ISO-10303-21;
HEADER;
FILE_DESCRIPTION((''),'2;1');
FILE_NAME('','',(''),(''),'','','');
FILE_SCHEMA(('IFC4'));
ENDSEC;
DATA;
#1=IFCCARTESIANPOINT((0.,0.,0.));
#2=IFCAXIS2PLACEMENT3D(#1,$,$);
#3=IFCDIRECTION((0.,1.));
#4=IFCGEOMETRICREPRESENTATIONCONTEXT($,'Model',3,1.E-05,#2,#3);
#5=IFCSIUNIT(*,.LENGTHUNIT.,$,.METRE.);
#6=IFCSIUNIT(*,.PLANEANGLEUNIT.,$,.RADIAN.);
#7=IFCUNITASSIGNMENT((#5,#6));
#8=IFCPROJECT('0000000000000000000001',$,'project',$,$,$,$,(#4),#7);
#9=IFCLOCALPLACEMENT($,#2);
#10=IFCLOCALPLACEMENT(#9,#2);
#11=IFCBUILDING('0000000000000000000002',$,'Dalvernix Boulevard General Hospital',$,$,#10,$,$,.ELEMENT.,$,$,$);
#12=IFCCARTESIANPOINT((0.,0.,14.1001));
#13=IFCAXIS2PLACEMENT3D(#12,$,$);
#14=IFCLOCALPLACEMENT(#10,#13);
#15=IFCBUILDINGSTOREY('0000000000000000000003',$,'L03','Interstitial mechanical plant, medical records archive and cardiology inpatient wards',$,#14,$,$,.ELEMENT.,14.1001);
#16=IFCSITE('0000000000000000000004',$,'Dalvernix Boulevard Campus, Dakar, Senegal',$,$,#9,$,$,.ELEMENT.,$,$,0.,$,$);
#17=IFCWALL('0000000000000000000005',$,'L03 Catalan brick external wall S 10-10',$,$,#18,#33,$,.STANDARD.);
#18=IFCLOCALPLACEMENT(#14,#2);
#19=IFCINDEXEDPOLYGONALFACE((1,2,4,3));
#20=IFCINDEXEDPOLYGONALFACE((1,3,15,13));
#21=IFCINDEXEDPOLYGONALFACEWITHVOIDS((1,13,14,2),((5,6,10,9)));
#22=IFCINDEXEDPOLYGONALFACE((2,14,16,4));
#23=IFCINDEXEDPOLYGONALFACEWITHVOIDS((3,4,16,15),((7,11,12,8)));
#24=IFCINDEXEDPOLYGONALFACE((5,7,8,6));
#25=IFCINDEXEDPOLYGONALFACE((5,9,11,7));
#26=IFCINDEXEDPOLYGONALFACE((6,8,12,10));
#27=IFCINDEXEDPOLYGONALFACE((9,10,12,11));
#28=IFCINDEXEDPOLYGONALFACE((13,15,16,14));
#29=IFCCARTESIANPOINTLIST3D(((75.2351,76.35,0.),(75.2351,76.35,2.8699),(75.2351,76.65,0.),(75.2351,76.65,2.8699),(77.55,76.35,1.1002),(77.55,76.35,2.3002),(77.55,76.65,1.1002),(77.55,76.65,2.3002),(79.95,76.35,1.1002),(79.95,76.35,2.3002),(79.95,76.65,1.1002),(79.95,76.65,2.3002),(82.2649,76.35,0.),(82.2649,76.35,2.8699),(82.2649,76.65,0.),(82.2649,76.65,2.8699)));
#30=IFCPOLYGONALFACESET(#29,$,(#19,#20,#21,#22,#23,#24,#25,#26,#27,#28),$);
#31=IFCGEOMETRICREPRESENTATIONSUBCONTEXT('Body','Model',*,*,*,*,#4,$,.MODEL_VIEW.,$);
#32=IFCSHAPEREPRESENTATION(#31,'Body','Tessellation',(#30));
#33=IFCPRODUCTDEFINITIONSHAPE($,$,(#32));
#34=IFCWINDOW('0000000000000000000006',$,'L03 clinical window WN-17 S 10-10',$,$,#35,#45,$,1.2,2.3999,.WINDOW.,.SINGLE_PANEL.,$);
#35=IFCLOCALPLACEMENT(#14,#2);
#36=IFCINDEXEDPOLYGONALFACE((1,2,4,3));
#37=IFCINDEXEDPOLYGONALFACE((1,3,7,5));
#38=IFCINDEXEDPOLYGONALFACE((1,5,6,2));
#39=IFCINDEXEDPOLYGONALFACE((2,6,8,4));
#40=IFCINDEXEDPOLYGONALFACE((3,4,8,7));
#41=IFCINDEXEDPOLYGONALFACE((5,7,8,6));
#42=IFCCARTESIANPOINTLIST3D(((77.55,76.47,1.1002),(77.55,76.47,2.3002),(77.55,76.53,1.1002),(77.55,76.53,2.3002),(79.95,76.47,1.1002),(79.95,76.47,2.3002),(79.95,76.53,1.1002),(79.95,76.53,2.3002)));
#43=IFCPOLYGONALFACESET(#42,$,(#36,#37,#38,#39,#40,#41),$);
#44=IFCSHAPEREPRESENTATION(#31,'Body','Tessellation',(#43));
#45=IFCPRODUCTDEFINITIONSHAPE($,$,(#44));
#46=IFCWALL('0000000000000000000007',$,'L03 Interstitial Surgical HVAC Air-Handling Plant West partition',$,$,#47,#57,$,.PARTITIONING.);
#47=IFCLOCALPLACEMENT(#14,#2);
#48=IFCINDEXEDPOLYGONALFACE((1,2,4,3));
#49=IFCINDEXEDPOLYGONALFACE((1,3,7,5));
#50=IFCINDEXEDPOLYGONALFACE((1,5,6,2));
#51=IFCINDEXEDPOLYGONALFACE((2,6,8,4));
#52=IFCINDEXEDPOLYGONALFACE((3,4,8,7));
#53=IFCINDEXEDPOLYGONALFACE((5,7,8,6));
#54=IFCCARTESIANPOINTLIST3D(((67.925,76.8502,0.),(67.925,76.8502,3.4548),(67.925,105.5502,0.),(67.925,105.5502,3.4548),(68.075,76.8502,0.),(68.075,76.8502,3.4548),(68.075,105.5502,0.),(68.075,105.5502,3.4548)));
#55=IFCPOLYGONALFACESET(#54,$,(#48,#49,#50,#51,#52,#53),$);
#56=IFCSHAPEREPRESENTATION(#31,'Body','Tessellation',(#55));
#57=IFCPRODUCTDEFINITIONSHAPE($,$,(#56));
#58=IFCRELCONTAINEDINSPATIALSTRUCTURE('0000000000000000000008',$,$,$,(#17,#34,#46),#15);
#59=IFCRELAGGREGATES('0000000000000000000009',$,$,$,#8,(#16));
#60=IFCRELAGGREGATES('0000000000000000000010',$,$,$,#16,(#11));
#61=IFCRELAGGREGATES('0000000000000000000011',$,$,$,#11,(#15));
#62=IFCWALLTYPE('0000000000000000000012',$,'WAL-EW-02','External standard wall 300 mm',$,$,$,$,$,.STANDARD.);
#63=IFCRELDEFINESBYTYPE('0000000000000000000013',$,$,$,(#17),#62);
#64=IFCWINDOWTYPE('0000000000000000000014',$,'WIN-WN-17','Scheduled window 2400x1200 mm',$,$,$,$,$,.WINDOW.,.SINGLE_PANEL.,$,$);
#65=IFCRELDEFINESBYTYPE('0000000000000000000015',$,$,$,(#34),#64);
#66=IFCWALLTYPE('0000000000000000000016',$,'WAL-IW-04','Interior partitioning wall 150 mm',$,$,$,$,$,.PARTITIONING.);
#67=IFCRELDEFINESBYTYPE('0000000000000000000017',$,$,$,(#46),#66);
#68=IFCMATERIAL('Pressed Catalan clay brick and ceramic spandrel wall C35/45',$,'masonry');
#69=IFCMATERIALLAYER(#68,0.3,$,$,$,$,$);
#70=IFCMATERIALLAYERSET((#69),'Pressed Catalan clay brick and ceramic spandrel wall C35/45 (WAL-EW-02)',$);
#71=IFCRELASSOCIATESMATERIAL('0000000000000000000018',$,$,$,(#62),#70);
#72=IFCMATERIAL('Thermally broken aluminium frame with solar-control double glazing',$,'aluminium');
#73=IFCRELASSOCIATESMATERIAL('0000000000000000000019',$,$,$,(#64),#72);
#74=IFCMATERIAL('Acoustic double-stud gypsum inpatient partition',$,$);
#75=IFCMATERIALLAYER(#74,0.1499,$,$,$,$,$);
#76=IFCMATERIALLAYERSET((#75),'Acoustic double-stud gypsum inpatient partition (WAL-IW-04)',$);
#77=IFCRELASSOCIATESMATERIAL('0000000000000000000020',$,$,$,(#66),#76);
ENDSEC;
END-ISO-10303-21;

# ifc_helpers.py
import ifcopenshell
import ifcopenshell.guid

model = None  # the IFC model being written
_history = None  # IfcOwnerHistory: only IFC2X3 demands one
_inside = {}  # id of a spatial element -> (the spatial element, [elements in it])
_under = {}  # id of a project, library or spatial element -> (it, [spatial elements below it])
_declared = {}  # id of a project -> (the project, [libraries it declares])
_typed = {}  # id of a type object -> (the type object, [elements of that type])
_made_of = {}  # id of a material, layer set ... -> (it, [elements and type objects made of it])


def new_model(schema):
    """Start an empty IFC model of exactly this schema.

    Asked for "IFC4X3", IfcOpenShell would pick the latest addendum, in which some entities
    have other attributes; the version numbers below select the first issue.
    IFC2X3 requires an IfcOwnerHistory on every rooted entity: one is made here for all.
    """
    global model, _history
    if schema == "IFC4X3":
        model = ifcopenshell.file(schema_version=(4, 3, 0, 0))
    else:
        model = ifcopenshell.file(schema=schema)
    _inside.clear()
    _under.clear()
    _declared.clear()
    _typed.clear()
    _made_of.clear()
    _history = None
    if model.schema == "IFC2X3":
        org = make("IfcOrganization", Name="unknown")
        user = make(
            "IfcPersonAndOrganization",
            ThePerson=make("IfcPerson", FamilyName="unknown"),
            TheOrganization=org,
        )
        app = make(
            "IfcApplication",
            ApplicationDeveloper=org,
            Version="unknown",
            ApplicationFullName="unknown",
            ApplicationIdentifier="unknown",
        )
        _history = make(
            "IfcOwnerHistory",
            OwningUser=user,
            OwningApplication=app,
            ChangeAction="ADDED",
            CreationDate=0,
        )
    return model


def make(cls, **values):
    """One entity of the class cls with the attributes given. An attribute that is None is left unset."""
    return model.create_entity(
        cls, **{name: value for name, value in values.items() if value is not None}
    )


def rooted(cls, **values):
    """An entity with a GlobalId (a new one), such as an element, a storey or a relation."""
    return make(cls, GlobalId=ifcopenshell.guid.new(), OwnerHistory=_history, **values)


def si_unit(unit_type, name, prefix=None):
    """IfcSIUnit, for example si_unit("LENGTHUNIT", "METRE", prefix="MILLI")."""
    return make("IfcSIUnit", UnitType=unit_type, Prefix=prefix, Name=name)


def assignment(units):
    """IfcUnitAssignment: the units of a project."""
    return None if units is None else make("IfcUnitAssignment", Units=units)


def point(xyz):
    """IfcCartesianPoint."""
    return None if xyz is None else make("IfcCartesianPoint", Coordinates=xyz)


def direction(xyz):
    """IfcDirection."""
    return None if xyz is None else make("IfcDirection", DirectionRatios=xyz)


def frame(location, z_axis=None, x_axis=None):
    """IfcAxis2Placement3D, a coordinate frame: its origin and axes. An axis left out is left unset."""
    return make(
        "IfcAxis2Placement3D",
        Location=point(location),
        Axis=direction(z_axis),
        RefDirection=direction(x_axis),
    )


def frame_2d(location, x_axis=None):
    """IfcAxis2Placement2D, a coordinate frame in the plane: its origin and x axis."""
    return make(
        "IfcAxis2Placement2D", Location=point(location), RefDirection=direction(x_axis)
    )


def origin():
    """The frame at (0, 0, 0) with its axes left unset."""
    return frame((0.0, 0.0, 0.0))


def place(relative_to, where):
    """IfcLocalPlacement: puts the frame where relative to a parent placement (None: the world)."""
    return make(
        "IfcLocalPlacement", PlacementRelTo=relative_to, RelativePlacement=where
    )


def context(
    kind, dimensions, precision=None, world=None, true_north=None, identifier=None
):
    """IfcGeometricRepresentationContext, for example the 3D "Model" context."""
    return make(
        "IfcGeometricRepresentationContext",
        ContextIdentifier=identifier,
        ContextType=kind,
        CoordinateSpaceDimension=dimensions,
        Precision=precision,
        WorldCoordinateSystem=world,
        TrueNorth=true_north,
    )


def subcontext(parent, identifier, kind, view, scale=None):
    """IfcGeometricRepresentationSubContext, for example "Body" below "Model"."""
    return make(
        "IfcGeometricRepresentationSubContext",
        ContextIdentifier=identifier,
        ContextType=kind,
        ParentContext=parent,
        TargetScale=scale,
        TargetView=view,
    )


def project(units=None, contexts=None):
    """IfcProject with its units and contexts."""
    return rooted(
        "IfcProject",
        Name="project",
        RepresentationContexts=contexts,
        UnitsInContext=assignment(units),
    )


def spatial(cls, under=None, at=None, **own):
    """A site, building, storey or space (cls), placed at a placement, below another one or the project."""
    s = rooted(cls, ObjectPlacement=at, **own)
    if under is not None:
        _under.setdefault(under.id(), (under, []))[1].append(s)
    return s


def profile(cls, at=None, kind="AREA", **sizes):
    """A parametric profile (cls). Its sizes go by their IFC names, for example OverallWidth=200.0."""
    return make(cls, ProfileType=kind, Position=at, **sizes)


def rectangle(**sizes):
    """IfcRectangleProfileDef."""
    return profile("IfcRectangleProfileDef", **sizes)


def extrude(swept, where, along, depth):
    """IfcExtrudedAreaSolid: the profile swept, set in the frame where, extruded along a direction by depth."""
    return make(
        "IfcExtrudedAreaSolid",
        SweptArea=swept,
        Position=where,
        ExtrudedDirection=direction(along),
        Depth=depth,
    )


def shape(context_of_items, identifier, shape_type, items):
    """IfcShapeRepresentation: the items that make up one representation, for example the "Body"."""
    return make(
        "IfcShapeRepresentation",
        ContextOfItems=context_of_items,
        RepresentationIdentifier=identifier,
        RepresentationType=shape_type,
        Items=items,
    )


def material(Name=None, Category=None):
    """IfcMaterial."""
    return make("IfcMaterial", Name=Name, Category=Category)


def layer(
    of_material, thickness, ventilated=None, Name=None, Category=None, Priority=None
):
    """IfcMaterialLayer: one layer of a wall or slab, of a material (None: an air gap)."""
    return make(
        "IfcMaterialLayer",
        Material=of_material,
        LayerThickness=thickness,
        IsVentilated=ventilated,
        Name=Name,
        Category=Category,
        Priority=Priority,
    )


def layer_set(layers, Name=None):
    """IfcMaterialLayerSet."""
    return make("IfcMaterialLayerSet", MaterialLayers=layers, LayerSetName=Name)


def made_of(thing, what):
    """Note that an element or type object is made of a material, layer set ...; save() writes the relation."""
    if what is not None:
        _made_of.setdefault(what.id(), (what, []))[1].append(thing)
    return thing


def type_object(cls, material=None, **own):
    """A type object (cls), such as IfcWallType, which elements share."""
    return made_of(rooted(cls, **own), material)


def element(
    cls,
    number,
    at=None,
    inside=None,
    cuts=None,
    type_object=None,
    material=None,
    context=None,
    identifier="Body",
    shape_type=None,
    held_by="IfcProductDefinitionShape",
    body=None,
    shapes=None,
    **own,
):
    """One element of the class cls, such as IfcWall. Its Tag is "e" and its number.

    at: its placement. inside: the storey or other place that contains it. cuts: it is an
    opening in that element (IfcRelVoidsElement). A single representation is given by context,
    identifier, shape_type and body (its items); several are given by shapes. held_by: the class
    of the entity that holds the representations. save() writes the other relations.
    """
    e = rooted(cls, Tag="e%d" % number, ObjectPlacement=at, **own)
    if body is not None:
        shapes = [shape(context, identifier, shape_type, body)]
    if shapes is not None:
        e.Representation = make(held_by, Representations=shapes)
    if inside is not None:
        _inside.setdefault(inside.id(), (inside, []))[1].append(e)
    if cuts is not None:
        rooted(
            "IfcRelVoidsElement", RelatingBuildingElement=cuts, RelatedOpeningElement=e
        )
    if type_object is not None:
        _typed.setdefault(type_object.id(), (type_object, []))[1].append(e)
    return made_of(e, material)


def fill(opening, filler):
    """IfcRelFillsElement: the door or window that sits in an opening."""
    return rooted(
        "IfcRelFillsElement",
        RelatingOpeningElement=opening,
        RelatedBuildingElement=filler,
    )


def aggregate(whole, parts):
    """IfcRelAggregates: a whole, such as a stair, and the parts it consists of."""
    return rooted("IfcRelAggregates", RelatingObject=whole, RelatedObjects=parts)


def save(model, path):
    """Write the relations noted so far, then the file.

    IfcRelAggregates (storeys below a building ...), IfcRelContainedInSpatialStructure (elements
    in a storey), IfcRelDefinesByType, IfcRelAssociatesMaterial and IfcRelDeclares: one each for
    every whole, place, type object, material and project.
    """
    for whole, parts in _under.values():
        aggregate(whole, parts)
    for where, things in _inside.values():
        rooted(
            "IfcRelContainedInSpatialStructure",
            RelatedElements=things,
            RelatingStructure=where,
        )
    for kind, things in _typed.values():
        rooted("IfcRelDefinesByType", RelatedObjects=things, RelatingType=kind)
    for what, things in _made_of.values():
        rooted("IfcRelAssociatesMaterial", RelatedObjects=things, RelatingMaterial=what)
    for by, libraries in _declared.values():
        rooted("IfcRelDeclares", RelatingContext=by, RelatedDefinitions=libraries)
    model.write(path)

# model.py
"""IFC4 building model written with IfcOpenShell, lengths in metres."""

from ifc_helpers import new_model, si_unit, direction, frame, frame_2d, origin, place, context, subcontext, project, spatial, rectangle, extrude, material, layer, layer_set, type_object, element, fill, save


model = new_model("IFC4")

# Units and contexts
model_context = context("Model", 3, precision=1e-05, world=origin(), true_north=direction((0.0, 1.0)))
body_context = subcontext(model_context, "Body", "Model", "MODEL_VIEW")
ifc_project = project(units=[si_unit("LENGTHUNIT", "METRE"), si_unit("PLANEANGLEUNIT", "RADIAN")], contexts=[model_context])

# Site, building, storey
site_placement = place(None, origin())
site = spatial("IfcSite", under=ifc_project, at=site_placement, Name="Dalvernix Boulevard Campus, Dakar, Senegal", CompositionType="ELEMENT", RefElevation=0.0)
building_placement = place(site_placement, origin())
building = spatial("IfcBuilding", under=site, at=building_placement, Name="Dalvernix Boulevard General Hospital", CompositionType="ELEMENT")
storey_placement = place(building_placement, frame((0.0, 0.0, 14.1001)))
storey = spatial("IfcBuildingStorey", under=building, at=storey_placement, Name="L03", Description="Interstitial mechanical plant, medical records archive and cardiology inpatient wards", CompositionType="ELEMENT", Elevation=14.1001)

# Wall, opening, window
ifc_material_1 = material(Name="Pressed Catalan clay brick and ceramic spandrel wall C35/45", Category="masonry")
ifc_layer_1 = layer(ifc_material_1, 0.3)
ifc_layer_set_1 = layer_set([ifc_layer_1], Name="Pressed Catalan clay brick and ceramic spandrel wall C35/45 (WAL-EW-02)")
wall_type_1 = type_object("IfcWallType", Name="WAL-EW-02", Description="External standard wall 300 mm", PredefinedType="STANDARD", material=ifc_layer_set_1)
wall_1_placement = place(storey_placement, frame((82.2649, 76.5, 0.0), z_axis=(0.0, 0.0, 1.0), x_axis=(-1.0, 0.0, 0.0)))
wall_1 = element("IfcWall", 1, at=wall_1_placement, inside=storey, type_object=wall_type_1, Name="L03 Catalan brick external wall S 10-10", PredefinedType="STANDARD", context=body_context, shape_type="SweptSolid", body=[
    extrude(rectangle(XDim=7.0298, YDim=0.3, at=frame_2d((3.5149, 0.0))), origin(), (0.0, 0.0, 1.0), 2.8699),
])
opening_placement = place(wall_1_placement, frame((2.3149, 0.0, 1.1001)))
opening = element("IfcOpeningElement", 2, at=opening_placement, cuts=wall_1, PredefinedType="OPENING", context=body_context, shape_type="SweptSolid", body=[
    extrude(rectangle(XDim=2.3999, YDim=1.2, at=frame_2d((1.2, 0.6001))), frame((0.0, 0.1599, 0.0), z_axis=(0.0, -1.0, 0.0), x_axis=(1.0, 0.0, 0.0)), (0.0, 0.0, 1.0), 0.3201),
])
ifc_material_2 = material(Name="Thermally broken aluminium frame with solar-control double glazing", Category="aluminium")
window_type = type_object("IfcWindowType", Name="WIN-WN-17", Description="Scheduled window 2400x1200 mm", PartitioningType="SINGLE_PANEL", PredefinedType="WINDOW", material=ifc_material_2)
window_placement = place(opening_placement, origin())
window = element("IfcWindow", 3, at=window_placement, inside=storey, type_object=window_type, Name="L03 clinical window WN-17 S 10-10", OverallHeight=1.2, OverallWidth=2.3999, PartitioningType="SINGLE_PANEL", PredefinedType="WINDOW", context=body_context, shape_type="SweptSolid", body=[
    extrude(rectangle(XDim=2.3999, YDim=1.2, at=frame_2d((1.2, 0.6001))), frame((0.0, 0.03, 0.0), z_axis=(0.0, -1.0, 0.0), x_axis=(1.0, 0.0, 0.0)), (0.0, 0.0, 1.0), 0.0601),
])
fill(opening, window)

# Wall
ifc_material_3 = material(Name="Acoustic double-stud gypsum inpatient partition")
ifc_layer_2 = layer(ifc_material_3, 0.1499)
ifc_layer_set_2 = layer_set([ifc_layer_2], Name="Acoustic double-stud gypsum inpatient partition (WAL-IW-04)")
wall_type_2 = type_object("IfcWallType", Name="WAL-IW-04", Description="Interior partitioning wall 150 mm", PredefinedType="PARTITIONING", material=ifc_layer_set_2)
wall_2_placement = place(storey_placement, frame((68.0, 76.8501, 0.0), z_axis=(0.0, 0.0, 1.0), x_axis=(0.0, 1.0, 0.0)))
element("IfcWall", 4, at=wall_2_placement, inside=storey, type_object=wall_type_2, Name="L03 Interstitial Surgical HVAC Air-Handling Plant West partition", PredefinedType="PARTITIONING", context=body_context, shape_type="SweptSolid", body=[
    extrude(rectangle(XDim=28.7, YDim=0.1499, at=frame_2d((14.3501, 0.0))), origin(), (0.0, 0.0, 1.0), 3.4548),
])

save(model, "model.ifc")
